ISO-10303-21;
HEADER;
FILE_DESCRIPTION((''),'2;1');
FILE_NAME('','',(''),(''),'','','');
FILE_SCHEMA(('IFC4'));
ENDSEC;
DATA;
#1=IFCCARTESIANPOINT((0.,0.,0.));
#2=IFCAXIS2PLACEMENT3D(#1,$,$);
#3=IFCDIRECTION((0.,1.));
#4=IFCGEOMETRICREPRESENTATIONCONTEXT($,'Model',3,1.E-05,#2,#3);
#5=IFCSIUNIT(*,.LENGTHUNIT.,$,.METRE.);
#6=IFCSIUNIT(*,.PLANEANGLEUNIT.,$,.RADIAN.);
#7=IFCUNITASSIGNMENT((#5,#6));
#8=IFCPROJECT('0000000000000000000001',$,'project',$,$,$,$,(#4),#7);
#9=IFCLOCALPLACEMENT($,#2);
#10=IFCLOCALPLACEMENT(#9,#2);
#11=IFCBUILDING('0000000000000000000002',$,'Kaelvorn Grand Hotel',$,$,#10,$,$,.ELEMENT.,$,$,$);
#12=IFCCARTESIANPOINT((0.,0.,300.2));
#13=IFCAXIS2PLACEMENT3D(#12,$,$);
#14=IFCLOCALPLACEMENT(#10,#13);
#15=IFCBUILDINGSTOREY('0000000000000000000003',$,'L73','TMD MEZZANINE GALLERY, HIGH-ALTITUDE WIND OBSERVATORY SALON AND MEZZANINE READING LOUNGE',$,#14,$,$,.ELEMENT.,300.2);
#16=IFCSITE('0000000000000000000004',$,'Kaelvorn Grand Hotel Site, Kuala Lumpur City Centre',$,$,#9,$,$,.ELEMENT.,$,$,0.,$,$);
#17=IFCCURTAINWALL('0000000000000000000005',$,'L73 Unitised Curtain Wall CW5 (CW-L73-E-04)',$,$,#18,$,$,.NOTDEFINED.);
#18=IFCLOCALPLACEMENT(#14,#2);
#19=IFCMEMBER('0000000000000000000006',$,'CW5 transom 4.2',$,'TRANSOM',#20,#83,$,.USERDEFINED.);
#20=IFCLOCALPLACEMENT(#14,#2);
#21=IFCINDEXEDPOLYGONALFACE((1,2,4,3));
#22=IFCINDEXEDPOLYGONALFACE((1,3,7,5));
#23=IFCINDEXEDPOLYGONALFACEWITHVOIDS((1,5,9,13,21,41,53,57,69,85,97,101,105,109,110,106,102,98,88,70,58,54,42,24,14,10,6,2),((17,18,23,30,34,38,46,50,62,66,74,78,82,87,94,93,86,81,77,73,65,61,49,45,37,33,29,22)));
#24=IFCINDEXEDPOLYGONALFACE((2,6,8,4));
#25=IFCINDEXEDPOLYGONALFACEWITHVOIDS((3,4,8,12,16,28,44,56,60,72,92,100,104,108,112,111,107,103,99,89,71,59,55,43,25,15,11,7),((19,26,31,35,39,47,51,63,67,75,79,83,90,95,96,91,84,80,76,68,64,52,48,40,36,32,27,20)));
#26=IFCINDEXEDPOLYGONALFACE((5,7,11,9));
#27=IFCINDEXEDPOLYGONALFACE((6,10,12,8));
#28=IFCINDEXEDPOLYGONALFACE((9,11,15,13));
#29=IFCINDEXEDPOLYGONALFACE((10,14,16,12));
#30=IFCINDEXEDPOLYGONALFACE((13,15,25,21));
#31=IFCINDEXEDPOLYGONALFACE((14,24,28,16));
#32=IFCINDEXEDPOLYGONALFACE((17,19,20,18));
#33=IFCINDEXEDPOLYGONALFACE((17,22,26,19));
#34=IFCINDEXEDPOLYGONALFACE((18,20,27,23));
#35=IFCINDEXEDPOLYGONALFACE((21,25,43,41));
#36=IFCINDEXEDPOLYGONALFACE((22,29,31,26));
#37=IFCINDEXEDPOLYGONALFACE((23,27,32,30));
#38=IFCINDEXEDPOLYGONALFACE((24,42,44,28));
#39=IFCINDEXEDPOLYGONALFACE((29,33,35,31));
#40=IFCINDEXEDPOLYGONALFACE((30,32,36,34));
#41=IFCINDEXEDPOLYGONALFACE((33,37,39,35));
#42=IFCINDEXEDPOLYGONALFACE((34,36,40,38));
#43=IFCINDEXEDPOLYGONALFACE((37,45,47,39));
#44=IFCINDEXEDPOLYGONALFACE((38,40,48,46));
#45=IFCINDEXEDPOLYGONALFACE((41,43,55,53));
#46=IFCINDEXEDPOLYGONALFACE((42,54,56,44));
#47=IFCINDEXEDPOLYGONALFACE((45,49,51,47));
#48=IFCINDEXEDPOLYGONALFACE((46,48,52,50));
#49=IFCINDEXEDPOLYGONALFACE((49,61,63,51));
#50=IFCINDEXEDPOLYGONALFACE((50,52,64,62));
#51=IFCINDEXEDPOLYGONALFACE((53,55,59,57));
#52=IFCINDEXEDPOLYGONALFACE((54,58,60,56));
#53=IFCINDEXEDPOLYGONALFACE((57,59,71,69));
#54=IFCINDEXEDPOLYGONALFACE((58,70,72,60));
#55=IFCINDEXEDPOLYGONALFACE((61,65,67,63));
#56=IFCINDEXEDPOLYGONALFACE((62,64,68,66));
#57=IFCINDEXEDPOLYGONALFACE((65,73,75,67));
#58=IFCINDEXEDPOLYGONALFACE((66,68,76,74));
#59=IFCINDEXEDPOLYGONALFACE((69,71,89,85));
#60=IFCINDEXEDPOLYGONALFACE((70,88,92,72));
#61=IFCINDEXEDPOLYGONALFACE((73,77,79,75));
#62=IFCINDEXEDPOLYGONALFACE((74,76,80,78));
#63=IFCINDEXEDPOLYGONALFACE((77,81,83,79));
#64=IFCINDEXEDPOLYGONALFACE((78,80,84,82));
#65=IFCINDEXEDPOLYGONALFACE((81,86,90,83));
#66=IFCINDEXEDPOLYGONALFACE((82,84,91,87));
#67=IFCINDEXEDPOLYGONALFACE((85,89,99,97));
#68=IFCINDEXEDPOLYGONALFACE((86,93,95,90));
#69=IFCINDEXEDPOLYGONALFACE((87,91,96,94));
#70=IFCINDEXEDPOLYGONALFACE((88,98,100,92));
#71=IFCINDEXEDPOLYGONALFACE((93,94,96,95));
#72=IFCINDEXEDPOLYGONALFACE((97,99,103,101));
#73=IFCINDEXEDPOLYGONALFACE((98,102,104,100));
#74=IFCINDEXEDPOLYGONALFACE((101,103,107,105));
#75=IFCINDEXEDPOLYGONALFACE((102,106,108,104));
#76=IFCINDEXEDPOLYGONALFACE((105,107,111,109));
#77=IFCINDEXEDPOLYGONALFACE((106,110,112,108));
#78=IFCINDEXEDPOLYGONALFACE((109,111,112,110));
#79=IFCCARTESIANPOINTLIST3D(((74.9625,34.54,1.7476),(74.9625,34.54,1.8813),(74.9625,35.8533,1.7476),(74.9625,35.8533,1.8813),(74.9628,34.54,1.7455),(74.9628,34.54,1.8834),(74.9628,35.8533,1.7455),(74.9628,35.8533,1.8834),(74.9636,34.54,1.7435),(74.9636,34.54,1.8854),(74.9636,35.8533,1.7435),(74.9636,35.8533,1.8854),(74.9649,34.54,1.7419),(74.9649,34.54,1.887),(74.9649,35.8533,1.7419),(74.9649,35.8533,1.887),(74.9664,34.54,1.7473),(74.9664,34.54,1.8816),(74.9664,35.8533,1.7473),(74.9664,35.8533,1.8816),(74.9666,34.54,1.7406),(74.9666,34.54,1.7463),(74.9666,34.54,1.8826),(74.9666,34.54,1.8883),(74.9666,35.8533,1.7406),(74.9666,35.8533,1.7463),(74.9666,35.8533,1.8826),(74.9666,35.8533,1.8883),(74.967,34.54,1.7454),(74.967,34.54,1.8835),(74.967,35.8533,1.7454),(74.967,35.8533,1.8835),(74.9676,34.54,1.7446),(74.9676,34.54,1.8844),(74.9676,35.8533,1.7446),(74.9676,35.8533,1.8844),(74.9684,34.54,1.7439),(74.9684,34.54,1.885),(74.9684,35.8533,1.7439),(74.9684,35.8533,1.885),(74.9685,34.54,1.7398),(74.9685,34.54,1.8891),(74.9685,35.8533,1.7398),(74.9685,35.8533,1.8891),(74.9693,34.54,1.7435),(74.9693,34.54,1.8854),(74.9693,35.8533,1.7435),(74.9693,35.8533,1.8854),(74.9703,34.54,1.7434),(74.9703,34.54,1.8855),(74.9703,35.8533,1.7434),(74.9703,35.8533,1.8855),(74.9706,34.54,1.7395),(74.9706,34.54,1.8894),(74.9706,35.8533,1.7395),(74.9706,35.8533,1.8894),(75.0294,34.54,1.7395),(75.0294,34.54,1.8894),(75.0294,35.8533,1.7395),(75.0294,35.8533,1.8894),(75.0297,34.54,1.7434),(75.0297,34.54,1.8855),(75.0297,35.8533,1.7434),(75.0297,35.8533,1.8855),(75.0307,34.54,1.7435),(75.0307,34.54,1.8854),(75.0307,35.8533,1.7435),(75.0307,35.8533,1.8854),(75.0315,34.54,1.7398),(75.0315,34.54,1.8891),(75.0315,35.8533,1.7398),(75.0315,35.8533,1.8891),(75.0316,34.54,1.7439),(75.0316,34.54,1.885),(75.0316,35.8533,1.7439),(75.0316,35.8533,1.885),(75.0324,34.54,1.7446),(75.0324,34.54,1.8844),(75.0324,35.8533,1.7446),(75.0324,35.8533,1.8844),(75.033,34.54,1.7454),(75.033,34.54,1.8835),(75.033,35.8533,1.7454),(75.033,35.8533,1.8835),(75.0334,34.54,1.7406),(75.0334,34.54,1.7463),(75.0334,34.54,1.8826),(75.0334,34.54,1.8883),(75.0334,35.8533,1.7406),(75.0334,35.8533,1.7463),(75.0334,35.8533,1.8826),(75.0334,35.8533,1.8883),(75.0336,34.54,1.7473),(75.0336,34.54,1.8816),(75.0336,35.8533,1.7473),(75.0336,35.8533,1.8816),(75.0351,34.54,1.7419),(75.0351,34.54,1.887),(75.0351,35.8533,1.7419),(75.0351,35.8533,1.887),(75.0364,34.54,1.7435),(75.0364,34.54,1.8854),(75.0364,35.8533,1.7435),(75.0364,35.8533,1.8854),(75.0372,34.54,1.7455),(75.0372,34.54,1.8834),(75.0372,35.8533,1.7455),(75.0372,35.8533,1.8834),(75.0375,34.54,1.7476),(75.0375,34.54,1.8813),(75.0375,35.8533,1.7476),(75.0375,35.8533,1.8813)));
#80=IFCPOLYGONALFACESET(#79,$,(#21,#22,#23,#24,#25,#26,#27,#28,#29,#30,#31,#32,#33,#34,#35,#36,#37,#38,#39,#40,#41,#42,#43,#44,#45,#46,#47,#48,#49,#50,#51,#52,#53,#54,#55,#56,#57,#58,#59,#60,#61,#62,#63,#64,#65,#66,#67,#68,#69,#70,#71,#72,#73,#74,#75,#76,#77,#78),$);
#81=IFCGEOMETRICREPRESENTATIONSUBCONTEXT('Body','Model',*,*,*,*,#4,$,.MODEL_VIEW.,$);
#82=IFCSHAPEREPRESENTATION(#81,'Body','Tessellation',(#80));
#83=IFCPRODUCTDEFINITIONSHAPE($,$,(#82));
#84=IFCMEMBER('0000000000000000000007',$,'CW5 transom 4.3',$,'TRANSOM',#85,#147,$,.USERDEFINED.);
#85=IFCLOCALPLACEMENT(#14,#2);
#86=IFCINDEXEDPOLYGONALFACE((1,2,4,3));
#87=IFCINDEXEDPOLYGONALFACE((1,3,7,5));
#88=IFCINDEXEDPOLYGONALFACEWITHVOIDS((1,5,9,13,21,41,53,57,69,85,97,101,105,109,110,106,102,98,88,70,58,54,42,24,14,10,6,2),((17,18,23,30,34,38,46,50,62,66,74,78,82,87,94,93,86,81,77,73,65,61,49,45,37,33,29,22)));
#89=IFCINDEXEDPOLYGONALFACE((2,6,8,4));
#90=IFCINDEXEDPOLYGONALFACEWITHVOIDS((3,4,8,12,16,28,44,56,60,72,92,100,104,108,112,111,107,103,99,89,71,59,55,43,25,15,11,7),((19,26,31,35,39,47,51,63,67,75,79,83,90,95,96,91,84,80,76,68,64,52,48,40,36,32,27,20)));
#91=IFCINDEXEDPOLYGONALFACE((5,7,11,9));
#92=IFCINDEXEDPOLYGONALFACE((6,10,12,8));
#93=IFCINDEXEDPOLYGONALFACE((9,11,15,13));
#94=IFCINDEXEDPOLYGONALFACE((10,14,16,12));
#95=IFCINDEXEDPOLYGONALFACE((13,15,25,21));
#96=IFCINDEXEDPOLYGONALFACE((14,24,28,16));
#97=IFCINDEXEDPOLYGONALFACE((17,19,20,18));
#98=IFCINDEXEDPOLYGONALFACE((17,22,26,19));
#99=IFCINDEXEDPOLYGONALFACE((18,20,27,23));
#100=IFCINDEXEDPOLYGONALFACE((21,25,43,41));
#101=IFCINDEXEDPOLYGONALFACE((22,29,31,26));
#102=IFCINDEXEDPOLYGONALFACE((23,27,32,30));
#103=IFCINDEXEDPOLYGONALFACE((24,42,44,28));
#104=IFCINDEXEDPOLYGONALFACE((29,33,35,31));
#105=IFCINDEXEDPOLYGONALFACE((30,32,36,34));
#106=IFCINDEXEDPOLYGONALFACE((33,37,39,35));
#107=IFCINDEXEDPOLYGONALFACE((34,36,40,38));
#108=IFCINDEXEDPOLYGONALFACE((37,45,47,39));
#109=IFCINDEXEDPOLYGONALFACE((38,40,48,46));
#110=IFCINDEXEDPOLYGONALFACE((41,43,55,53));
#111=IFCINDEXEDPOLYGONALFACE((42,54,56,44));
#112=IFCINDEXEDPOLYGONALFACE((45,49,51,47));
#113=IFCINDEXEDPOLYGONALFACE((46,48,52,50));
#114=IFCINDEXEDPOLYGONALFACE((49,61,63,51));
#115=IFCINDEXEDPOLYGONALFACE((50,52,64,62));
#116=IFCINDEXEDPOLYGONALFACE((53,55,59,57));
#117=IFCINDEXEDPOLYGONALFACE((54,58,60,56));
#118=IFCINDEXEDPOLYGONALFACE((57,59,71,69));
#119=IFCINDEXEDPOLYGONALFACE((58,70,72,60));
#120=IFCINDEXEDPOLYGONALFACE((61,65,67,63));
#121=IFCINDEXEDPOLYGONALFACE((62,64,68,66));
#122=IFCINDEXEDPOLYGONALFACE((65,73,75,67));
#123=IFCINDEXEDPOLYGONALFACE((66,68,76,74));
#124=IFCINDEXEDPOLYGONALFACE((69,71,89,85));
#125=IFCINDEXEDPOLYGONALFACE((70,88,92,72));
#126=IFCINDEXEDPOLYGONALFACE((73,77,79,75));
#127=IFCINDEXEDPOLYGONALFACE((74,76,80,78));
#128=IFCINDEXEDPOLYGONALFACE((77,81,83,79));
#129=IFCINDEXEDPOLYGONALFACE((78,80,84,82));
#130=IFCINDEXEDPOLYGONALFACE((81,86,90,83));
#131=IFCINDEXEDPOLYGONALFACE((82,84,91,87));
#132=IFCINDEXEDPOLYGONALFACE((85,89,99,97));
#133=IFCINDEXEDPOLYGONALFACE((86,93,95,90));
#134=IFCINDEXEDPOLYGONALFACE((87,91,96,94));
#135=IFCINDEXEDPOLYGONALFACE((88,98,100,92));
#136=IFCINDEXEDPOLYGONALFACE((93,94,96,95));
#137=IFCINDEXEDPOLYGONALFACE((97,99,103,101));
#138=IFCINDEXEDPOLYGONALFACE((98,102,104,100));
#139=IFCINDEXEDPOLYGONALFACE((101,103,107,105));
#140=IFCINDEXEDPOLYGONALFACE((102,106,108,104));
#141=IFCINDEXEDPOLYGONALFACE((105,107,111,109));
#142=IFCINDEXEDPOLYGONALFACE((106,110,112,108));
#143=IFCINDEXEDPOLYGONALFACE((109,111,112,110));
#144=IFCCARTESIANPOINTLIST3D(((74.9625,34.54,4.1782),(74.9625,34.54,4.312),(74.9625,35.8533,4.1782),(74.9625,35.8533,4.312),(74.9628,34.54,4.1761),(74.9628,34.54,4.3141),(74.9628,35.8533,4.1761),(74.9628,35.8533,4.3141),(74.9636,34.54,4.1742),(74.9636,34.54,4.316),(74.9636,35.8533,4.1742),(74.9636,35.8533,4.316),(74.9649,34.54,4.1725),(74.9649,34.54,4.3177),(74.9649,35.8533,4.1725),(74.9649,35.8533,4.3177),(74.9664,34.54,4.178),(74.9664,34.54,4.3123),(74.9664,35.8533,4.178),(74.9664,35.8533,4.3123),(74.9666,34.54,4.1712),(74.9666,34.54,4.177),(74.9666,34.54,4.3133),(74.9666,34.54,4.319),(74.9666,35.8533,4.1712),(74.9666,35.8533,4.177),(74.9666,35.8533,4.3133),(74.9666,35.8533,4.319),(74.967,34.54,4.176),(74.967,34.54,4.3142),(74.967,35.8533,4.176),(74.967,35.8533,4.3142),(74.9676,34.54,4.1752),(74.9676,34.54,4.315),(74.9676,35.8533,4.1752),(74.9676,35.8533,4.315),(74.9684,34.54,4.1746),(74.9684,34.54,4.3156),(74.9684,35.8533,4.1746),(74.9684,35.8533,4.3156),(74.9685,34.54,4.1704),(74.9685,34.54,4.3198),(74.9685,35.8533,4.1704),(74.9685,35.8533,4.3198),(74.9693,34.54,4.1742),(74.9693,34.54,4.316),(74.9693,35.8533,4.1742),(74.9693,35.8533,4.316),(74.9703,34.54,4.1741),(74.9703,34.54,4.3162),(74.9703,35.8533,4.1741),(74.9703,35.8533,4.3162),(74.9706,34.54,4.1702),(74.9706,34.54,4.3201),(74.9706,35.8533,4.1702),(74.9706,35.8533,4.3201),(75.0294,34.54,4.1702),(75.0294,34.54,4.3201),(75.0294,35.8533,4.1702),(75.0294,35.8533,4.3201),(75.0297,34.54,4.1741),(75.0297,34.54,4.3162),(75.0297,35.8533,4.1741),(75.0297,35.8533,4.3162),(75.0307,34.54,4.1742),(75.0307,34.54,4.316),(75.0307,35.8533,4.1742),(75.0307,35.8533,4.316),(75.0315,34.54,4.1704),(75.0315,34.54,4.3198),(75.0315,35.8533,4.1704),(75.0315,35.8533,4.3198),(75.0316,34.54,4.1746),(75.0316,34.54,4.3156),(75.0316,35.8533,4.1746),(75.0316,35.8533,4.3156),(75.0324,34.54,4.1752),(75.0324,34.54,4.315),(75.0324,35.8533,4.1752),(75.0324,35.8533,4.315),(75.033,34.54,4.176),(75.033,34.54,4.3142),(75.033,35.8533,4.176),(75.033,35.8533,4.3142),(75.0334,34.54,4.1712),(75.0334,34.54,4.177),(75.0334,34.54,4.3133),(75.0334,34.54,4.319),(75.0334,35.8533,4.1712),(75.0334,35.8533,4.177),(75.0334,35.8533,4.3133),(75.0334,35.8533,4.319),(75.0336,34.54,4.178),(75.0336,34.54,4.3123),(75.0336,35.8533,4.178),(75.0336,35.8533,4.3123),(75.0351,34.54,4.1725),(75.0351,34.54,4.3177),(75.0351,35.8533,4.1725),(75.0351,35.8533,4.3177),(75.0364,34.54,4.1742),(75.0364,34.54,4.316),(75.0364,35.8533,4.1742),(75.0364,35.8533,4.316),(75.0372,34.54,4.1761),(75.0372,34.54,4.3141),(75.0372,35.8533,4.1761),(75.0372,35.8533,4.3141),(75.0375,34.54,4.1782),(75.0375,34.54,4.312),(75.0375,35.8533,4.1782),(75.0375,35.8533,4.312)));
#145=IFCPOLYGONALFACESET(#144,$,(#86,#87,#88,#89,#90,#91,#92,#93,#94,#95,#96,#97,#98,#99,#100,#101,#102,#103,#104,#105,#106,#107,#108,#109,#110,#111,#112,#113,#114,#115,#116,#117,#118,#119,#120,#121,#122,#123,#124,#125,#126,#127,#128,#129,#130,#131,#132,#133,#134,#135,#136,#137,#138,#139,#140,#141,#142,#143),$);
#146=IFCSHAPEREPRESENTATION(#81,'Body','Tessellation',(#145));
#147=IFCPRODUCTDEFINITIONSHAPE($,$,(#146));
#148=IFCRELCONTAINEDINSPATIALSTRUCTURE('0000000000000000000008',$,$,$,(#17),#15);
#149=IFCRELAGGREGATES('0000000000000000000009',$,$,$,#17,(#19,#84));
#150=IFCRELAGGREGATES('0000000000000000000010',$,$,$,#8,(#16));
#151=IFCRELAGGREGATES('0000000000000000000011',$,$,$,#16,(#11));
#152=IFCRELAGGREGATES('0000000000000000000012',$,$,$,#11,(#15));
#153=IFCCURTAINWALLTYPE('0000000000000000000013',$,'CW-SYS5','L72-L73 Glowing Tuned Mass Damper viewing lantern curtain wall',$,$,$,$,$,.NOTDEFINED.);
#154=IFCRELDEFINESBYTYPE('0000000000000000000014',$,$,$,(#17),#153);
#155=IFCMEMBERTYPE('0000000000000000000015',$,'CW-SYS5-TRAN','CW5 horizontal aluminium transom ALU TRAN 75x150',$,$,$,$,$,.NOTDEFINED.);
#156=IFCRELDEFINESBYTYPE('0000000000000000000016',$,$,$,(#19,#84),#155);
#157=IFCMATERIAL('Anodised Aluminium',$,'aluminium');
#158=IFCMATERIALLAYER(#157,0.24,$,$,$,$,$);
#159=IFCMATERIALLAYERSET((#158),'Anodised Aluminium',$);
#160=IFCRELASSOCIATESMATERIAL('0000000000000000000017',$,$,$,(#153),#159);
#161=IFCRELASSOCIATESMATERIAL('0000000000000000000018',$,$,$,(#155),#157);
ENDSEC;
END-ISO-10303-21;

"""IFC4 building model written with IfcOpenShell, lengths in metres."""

from ifc_helpers import new_model, si_unit, direction, frame, origin, origin_2d, place, context, subcontext, project, spatial, hollow_rectangle, extrude, material, layer, layer_set, material_profile, profile_set, type_object, element, aggregate, save


model = new_model("IFC4")

# Units and contexts
model_context = context("Model", 3, precision=1e-05, world=origin(), true_north=direction((0.0, 1.0)))
body_context = subcontext(model_context, "Body", "Model", "MODEL_VIEW")
ifc_project = project(units=[si_unit("LENGTHUNIT", "METRE"), si_unit("PLANEANGLEUNIT", "RADIAN")], contexts=[model_context])

# Site, building, storey
site_placement = place(None, origin())
site = spatial("IfcSite", under=ifc_project, at=site_placement, Name="Kaelvorn Grand Hotel Site, Kuala Lumpur City Centre", CompositionType="ELEMENT", RefElevation=0.0)
building_placement = place(site_placement, origin())
building = spatial("IfcBuilding", under=site, at=building_placement, Name="Kaelvorn Grand Hotel", CompositionType="ELEMENT")
storey_placement = place(building_placement, frame((0.0, 0.0, 300.2)))
storey = spatial("IfcBuildingStorey", under=building, at=storey_placement, Name="L73", Description="TMD MEZZANINE GALLERY, HIGH-ALTITUDE WIND OBSERVATORY SALON AND MEZZANINE READING LOUNGE", CompositionType="ELEMENT", Elevation=300.2)

# Curtain wall, members
ifc_material_1 = material(Name="Anodised Aluminium", Category="aluminium")
ifc_layer_1 = layer(ifc_material_1, 0.24)
ifc_layer_set_1 = layer_set([ifc_layer_1], Name="Anodised Aluminium")
curtain_wall_type = type_object("IfcCurtainWallType", Name="CW-SYS5", Description="L72-L73 Glowing Tuned Mass Damper viewing lantern curtain wall", PredefinedType="NOTDEFINED", material=ifc_layer_set_1)
curtain_wall_placement = place(storey_placement, origin())
curtain_wall = element("IfcCurtainWall", 1, at=curtain_wall_placement, inside=storey, type_object=curtain_wall_type, Name="L73 Unitised Curtain Wall CW5 (CW-L73-E-04)", PredefinedType="NOTDEFINED")
ifc_material_profile_1 = material_profile(ifc_material_1, hollow_rectangle(XDim=0.075, YDim=0.1499, WallThickness=0.0039, InnerFilletRadius=0.0039, OuterFilletRadius=0.0081, at=origin_2d()), Name="ALU TRAN 75x150")
ifc_profile_set_1 = profile_set([ifc_material_profile_1], Name="Anodised Aluminium")
member_type_1 = type_object("IfcMemberType", Name="CW-SYS5-TRAN", Description="CW5 horizontal aluminium transom ALU TRAN 75x150", PredefinedType="NOTDEFINED", material=ifc_profile_set_1)
member_1_placement = place(storey_placement, frame((75.0, 34.54, 1.8145), z_axis=(0.0, 1.0, 0.0), x_axis=(-1.0, 0.0, 0.0)))
member_1 = element("IfcMember", 2, at=member_1_placement, type_object=member_type_1, Name="CW5 transom 4.2", ObjectType="TRANSOM", PredefinedType="USERDEFINED", context=body_context, shape_type="SweptSolid", body=[
    extrude(hollow_rectangle(XDim=0.075, YDim=0.1499, WallThickness=0.0039, InnerFilletRadius=0.0039, OuterFilletRadius=0.0081, at=origin_2d()), origin(), (0.0, 0.0, 1.0), 1.3132),
])
member_2_placement = place(storey_placement, frame((75.0, 34.54, 4.2451), z_axis=(0.0, 1.0, 0.0), x_axis=(-1.0, 0.0, 0.0)))
member_2 = element("IfcMember", 3, at=member_2_placement, type_object=member_type_1, Name="CW5 transom 4.3", ObjectType="TRANSOM", PredefinedType="USERDEFINED", context=body_context, shape_type="SweptSolid", body=[
    extrude(hollow_rectangle(XDim=0.075, YDim=0.1499, WallThickness=0.0039, InnerFilletRadius=0.0039, OuterFilletRadius=0.0081, at=origin_2d()), origin(), (0.0, 0.0, 1.0), 1.3132),
])
aggregate(curtain_wall, [member_1, member_2])

save(model, "model.ifc")
